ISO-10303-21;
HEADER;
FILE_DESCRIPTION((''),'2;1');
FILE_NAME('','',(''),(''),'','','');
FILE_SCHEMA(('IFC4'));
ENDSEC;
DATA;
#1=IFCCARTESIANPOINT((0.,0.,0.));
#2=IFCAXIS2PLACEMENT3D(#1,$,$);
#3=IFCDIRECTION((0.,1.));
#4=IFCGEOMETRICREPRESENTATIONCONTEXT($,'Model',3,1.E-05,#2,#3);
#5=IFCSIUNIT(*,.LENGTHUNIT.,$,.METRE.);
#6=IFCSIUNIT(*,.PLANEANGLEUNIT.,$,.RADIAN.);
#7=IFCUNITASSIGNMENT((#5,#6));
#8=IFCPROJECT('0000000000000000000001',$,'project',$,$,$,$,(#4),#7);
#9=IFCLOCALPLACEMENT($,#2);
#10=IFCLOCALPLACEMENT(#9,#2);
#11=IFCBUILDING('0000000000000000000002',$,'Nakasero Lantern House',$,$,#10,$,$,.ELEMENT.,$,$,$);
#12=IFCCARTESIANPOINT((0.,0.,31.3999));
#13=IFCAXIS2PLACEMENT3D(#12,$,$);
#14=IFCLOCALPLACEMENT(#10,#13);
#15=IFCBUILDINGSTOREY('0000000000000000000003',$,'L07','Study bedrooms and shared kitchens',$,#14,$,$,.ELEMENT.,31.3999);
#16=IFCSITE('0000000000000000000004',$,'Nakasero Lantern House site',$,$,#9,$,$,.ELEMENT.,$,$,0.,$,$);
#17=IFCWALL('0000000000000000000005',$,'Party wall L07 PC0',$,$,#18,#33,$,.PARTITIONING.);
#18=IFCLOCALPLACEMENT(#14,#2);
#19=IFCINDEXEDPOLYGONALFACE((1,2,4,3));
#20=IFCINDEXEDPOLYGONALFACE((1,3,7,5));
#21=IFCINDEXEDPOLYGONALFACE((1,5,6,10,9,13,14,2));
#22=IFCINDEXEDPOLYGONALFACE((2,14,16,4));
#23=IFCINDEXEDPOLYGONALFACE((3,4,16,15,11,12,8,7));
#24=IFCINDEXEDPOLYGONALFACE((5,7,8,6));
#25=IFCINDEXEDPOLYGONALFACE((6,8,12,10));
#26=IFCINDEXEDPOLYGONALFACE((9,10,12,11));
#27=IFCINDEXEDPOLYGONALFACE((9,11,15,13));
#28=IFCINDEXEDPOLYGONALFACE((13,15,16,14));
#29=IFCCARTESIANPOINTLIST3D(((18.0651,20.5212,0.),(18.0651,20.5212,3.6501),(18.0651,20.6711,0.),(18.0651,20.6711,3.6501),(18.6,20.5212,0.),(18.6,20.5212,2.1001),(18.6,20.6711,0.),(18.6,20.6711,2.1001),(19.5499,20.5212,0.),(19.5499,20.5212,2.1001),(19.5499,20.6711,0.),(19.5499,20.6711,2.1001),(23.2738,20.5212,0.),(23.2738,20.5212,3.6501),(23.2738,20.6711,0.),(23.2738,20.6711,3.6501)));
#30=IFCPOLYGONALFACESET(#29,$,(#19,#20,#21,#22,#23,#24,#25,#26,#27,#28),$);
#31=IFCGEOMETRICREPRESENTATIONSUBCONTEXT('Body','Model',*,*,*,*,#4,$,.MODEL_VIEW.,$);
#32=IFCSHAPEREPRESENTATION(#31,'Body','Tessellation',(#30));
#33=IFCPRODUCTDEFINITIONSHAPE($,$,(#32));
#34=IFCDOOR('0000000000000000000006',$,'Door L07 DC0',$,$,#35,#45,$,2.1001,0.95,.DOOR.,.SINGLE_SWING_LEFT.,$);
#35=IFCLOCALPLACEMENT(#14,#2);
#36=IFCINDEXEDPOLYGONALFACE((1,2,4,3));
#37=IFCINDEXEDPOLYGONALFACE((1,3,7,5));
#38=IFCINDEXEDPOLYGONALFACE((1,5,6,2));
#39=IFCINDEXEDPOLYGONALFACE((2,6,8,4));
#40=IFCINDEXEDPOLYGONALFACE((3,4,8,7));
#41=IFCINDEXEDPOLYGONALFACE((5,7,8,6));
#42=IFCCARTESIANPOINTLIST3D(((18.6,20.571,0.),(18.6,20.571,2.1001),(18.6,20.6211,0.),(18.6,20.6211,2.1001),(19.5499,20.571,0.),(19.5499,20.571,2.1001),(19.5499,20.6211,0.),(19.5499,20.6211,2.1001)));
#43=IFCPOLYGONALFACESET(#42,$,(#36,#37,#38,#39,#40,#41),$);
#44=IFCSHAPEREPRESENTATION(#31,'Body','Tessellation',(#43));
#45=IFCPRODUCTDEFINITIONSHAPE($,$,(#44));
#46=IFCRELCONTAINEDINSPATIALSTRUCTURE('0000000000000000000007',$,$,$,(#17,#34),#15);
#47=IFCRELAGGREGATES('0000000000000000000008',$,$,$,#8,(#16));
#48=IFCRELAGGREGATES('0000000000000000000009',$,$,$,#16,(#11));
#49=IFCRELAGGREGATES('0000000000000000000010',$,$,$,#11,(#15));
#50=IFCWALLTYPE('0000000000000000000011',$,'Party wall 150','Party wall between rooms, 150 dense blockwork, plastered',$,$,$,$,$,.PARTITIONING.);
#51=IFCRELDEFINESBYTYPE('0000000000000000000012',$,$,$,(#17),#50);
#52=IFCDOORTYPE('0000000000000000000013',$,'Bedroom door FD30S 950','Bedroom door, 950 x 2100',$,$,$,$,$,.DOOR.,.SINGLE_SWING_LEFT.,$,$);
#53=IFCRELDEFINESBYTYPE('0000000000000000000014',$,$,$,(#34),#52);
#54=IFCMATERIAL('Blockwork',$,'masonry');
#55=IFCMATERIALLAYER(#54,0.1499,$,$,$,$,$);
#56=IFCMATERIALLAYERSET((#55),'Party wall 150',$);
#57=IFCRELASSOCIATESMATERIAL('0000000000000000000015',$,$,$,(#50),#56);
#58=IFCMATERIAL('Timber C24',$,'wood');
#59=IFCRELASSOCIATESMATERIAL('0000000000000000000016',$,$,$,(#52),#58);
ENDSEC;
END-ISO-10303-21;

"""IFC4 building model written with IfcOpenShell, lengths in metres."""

from ifc_helpers import new_model, si_unit, direction, frame, frame_2d, origin, place, context, subcontext, project, spatial, rectangle, extrude, material, layer, layer_set, type_object, element, fill, save


model = new_model("IFC4")

# Units and contexts
model_context = context("Model", 3, precision=1e-05, world=origin(), true_north=direction((0.0, 1.0)))
body_context = subcontext(model_context, "Body", "Model", "MODEL_VIEW")
ifc_project = project(units=[si_unit("LENGTHUNIT", "METRE"), si_unit("PLANEANGLEUNIT", "RADIAN")], contexts=[model_context])

# Site, building, storey
site_placement = place(None, origin())
site = spatial("IfcSite", under=ifc_project, at=site_placement, Name="Nakasero Lantern House site", CompositionType="ELEMENT", RefElevation=0.0)
building_placement = place(site_placement, origin())
building = spatial("IfcBuilding", under=site, at=building_placement, Name="Nakasero Lantern House", CompositionType="ELEMENT")
storey_placement = place(building_placement, frame((0.0, 0.0, 31.3999)))
storey = spatial("IfcBuildingStorey", under=building, at=storey_placement, Name="L07", Description="Study bedrooms and shared kitchens", CompositionType="ELEMENT", Elevation=31.3999)

# Wall, opening, door
ifc_material_1 = material(Name="Blockwork", Category="masonry")
ifc_layer_1 = layer(ifc_material_1, 0.1499)
ifc_layer_set_1 = layer_set([ifc_layer_1], Name="Party wall 150")
wall_type_1 = type_object("IfcWallType", Name="Party wall 150", Description="Party wall between rooms, 150 dense blockwork, plastered", PredefinedType="PARTITIONING", material=ifc_layer_set_1)
wall_1_placement = place(storey_placement, frame((18.0649, 20.5962, 0.0), z_axis=(0.0, 0.0, 1.0), x_axis=(1.0, 0.0, 0.0)))
wall_1 = element("IfcWall", 1, at=wall_1_placement, inside=storey, type_object=wall_type_1, Name="Party wall L07 PC0", PredefinedType="PARTITIONING", context=body_context, shape_type="SweptSolid", body=[
    extrude(rectangle(XDim=5.2087, YDim=0.1499, at=frame_2d((2.6045, 0.0))), origin(), (0.0, 0.0, 1.0), 3.6501),
])
opening_1_placement = place(wall_1_placement, frame((0.5349, 0.0, 0.0)))
opening_1 = element("IfcOpeningElement", 2, at=opening_1_placement, cuts=wall_1, PredefinedType="OPENING", context=body_context, shape_type="SweptSolid", body=[
    extrude(rectangle(XDim=0.95, YDim=2.1001, at=frame_2d((0.4751, 1.05))), frame((0.0, 0.095, 0.0), z_axis=(0.0, -1.0, 0.0), x_axis=(1.0, 0.0, 0.0)), (0.0, 0.0, 1.0), 0.1899),
])
ifc_material_2 = material(Name="Timber C24", Category="wood")
door_type_1 = type_object("IfcDoorType", Name="Bedroom door FD30S 950", Description="Bedroom door, 950 x 2100", OperationType="SINGLE_SWING_LEFT", PredefinedType="DOOR", material=ifc_material_2)
door_1_placement = place(opening_1_placement, origin())
door_1 = element("IfcDoor", 3, at=door_1_placement, inside=storey, type_object=door_type_1, Name="Door L07 DC0", OperationType="SINGLE_SWING_LEFT", OverallHeight=2.1001, OverallWidth=0.95, PredefinedType="DOOR", context=body_context, shape_type="SweptSolid", body=[
    extrude(rectangle(XDim=0.95, YDim=2.1001, at=frame_2d((0.4751, 1.05))), frame((0.0, 0.0249, 0.0), z_axis=(0.0, -1.0, 0.0), x_axis=(1.0, 0.0, 0.0)), (0.0, 0.0, 1.0), 0.05),
])
fill(opening_1, door_1)

save(model, "model.ifc")
